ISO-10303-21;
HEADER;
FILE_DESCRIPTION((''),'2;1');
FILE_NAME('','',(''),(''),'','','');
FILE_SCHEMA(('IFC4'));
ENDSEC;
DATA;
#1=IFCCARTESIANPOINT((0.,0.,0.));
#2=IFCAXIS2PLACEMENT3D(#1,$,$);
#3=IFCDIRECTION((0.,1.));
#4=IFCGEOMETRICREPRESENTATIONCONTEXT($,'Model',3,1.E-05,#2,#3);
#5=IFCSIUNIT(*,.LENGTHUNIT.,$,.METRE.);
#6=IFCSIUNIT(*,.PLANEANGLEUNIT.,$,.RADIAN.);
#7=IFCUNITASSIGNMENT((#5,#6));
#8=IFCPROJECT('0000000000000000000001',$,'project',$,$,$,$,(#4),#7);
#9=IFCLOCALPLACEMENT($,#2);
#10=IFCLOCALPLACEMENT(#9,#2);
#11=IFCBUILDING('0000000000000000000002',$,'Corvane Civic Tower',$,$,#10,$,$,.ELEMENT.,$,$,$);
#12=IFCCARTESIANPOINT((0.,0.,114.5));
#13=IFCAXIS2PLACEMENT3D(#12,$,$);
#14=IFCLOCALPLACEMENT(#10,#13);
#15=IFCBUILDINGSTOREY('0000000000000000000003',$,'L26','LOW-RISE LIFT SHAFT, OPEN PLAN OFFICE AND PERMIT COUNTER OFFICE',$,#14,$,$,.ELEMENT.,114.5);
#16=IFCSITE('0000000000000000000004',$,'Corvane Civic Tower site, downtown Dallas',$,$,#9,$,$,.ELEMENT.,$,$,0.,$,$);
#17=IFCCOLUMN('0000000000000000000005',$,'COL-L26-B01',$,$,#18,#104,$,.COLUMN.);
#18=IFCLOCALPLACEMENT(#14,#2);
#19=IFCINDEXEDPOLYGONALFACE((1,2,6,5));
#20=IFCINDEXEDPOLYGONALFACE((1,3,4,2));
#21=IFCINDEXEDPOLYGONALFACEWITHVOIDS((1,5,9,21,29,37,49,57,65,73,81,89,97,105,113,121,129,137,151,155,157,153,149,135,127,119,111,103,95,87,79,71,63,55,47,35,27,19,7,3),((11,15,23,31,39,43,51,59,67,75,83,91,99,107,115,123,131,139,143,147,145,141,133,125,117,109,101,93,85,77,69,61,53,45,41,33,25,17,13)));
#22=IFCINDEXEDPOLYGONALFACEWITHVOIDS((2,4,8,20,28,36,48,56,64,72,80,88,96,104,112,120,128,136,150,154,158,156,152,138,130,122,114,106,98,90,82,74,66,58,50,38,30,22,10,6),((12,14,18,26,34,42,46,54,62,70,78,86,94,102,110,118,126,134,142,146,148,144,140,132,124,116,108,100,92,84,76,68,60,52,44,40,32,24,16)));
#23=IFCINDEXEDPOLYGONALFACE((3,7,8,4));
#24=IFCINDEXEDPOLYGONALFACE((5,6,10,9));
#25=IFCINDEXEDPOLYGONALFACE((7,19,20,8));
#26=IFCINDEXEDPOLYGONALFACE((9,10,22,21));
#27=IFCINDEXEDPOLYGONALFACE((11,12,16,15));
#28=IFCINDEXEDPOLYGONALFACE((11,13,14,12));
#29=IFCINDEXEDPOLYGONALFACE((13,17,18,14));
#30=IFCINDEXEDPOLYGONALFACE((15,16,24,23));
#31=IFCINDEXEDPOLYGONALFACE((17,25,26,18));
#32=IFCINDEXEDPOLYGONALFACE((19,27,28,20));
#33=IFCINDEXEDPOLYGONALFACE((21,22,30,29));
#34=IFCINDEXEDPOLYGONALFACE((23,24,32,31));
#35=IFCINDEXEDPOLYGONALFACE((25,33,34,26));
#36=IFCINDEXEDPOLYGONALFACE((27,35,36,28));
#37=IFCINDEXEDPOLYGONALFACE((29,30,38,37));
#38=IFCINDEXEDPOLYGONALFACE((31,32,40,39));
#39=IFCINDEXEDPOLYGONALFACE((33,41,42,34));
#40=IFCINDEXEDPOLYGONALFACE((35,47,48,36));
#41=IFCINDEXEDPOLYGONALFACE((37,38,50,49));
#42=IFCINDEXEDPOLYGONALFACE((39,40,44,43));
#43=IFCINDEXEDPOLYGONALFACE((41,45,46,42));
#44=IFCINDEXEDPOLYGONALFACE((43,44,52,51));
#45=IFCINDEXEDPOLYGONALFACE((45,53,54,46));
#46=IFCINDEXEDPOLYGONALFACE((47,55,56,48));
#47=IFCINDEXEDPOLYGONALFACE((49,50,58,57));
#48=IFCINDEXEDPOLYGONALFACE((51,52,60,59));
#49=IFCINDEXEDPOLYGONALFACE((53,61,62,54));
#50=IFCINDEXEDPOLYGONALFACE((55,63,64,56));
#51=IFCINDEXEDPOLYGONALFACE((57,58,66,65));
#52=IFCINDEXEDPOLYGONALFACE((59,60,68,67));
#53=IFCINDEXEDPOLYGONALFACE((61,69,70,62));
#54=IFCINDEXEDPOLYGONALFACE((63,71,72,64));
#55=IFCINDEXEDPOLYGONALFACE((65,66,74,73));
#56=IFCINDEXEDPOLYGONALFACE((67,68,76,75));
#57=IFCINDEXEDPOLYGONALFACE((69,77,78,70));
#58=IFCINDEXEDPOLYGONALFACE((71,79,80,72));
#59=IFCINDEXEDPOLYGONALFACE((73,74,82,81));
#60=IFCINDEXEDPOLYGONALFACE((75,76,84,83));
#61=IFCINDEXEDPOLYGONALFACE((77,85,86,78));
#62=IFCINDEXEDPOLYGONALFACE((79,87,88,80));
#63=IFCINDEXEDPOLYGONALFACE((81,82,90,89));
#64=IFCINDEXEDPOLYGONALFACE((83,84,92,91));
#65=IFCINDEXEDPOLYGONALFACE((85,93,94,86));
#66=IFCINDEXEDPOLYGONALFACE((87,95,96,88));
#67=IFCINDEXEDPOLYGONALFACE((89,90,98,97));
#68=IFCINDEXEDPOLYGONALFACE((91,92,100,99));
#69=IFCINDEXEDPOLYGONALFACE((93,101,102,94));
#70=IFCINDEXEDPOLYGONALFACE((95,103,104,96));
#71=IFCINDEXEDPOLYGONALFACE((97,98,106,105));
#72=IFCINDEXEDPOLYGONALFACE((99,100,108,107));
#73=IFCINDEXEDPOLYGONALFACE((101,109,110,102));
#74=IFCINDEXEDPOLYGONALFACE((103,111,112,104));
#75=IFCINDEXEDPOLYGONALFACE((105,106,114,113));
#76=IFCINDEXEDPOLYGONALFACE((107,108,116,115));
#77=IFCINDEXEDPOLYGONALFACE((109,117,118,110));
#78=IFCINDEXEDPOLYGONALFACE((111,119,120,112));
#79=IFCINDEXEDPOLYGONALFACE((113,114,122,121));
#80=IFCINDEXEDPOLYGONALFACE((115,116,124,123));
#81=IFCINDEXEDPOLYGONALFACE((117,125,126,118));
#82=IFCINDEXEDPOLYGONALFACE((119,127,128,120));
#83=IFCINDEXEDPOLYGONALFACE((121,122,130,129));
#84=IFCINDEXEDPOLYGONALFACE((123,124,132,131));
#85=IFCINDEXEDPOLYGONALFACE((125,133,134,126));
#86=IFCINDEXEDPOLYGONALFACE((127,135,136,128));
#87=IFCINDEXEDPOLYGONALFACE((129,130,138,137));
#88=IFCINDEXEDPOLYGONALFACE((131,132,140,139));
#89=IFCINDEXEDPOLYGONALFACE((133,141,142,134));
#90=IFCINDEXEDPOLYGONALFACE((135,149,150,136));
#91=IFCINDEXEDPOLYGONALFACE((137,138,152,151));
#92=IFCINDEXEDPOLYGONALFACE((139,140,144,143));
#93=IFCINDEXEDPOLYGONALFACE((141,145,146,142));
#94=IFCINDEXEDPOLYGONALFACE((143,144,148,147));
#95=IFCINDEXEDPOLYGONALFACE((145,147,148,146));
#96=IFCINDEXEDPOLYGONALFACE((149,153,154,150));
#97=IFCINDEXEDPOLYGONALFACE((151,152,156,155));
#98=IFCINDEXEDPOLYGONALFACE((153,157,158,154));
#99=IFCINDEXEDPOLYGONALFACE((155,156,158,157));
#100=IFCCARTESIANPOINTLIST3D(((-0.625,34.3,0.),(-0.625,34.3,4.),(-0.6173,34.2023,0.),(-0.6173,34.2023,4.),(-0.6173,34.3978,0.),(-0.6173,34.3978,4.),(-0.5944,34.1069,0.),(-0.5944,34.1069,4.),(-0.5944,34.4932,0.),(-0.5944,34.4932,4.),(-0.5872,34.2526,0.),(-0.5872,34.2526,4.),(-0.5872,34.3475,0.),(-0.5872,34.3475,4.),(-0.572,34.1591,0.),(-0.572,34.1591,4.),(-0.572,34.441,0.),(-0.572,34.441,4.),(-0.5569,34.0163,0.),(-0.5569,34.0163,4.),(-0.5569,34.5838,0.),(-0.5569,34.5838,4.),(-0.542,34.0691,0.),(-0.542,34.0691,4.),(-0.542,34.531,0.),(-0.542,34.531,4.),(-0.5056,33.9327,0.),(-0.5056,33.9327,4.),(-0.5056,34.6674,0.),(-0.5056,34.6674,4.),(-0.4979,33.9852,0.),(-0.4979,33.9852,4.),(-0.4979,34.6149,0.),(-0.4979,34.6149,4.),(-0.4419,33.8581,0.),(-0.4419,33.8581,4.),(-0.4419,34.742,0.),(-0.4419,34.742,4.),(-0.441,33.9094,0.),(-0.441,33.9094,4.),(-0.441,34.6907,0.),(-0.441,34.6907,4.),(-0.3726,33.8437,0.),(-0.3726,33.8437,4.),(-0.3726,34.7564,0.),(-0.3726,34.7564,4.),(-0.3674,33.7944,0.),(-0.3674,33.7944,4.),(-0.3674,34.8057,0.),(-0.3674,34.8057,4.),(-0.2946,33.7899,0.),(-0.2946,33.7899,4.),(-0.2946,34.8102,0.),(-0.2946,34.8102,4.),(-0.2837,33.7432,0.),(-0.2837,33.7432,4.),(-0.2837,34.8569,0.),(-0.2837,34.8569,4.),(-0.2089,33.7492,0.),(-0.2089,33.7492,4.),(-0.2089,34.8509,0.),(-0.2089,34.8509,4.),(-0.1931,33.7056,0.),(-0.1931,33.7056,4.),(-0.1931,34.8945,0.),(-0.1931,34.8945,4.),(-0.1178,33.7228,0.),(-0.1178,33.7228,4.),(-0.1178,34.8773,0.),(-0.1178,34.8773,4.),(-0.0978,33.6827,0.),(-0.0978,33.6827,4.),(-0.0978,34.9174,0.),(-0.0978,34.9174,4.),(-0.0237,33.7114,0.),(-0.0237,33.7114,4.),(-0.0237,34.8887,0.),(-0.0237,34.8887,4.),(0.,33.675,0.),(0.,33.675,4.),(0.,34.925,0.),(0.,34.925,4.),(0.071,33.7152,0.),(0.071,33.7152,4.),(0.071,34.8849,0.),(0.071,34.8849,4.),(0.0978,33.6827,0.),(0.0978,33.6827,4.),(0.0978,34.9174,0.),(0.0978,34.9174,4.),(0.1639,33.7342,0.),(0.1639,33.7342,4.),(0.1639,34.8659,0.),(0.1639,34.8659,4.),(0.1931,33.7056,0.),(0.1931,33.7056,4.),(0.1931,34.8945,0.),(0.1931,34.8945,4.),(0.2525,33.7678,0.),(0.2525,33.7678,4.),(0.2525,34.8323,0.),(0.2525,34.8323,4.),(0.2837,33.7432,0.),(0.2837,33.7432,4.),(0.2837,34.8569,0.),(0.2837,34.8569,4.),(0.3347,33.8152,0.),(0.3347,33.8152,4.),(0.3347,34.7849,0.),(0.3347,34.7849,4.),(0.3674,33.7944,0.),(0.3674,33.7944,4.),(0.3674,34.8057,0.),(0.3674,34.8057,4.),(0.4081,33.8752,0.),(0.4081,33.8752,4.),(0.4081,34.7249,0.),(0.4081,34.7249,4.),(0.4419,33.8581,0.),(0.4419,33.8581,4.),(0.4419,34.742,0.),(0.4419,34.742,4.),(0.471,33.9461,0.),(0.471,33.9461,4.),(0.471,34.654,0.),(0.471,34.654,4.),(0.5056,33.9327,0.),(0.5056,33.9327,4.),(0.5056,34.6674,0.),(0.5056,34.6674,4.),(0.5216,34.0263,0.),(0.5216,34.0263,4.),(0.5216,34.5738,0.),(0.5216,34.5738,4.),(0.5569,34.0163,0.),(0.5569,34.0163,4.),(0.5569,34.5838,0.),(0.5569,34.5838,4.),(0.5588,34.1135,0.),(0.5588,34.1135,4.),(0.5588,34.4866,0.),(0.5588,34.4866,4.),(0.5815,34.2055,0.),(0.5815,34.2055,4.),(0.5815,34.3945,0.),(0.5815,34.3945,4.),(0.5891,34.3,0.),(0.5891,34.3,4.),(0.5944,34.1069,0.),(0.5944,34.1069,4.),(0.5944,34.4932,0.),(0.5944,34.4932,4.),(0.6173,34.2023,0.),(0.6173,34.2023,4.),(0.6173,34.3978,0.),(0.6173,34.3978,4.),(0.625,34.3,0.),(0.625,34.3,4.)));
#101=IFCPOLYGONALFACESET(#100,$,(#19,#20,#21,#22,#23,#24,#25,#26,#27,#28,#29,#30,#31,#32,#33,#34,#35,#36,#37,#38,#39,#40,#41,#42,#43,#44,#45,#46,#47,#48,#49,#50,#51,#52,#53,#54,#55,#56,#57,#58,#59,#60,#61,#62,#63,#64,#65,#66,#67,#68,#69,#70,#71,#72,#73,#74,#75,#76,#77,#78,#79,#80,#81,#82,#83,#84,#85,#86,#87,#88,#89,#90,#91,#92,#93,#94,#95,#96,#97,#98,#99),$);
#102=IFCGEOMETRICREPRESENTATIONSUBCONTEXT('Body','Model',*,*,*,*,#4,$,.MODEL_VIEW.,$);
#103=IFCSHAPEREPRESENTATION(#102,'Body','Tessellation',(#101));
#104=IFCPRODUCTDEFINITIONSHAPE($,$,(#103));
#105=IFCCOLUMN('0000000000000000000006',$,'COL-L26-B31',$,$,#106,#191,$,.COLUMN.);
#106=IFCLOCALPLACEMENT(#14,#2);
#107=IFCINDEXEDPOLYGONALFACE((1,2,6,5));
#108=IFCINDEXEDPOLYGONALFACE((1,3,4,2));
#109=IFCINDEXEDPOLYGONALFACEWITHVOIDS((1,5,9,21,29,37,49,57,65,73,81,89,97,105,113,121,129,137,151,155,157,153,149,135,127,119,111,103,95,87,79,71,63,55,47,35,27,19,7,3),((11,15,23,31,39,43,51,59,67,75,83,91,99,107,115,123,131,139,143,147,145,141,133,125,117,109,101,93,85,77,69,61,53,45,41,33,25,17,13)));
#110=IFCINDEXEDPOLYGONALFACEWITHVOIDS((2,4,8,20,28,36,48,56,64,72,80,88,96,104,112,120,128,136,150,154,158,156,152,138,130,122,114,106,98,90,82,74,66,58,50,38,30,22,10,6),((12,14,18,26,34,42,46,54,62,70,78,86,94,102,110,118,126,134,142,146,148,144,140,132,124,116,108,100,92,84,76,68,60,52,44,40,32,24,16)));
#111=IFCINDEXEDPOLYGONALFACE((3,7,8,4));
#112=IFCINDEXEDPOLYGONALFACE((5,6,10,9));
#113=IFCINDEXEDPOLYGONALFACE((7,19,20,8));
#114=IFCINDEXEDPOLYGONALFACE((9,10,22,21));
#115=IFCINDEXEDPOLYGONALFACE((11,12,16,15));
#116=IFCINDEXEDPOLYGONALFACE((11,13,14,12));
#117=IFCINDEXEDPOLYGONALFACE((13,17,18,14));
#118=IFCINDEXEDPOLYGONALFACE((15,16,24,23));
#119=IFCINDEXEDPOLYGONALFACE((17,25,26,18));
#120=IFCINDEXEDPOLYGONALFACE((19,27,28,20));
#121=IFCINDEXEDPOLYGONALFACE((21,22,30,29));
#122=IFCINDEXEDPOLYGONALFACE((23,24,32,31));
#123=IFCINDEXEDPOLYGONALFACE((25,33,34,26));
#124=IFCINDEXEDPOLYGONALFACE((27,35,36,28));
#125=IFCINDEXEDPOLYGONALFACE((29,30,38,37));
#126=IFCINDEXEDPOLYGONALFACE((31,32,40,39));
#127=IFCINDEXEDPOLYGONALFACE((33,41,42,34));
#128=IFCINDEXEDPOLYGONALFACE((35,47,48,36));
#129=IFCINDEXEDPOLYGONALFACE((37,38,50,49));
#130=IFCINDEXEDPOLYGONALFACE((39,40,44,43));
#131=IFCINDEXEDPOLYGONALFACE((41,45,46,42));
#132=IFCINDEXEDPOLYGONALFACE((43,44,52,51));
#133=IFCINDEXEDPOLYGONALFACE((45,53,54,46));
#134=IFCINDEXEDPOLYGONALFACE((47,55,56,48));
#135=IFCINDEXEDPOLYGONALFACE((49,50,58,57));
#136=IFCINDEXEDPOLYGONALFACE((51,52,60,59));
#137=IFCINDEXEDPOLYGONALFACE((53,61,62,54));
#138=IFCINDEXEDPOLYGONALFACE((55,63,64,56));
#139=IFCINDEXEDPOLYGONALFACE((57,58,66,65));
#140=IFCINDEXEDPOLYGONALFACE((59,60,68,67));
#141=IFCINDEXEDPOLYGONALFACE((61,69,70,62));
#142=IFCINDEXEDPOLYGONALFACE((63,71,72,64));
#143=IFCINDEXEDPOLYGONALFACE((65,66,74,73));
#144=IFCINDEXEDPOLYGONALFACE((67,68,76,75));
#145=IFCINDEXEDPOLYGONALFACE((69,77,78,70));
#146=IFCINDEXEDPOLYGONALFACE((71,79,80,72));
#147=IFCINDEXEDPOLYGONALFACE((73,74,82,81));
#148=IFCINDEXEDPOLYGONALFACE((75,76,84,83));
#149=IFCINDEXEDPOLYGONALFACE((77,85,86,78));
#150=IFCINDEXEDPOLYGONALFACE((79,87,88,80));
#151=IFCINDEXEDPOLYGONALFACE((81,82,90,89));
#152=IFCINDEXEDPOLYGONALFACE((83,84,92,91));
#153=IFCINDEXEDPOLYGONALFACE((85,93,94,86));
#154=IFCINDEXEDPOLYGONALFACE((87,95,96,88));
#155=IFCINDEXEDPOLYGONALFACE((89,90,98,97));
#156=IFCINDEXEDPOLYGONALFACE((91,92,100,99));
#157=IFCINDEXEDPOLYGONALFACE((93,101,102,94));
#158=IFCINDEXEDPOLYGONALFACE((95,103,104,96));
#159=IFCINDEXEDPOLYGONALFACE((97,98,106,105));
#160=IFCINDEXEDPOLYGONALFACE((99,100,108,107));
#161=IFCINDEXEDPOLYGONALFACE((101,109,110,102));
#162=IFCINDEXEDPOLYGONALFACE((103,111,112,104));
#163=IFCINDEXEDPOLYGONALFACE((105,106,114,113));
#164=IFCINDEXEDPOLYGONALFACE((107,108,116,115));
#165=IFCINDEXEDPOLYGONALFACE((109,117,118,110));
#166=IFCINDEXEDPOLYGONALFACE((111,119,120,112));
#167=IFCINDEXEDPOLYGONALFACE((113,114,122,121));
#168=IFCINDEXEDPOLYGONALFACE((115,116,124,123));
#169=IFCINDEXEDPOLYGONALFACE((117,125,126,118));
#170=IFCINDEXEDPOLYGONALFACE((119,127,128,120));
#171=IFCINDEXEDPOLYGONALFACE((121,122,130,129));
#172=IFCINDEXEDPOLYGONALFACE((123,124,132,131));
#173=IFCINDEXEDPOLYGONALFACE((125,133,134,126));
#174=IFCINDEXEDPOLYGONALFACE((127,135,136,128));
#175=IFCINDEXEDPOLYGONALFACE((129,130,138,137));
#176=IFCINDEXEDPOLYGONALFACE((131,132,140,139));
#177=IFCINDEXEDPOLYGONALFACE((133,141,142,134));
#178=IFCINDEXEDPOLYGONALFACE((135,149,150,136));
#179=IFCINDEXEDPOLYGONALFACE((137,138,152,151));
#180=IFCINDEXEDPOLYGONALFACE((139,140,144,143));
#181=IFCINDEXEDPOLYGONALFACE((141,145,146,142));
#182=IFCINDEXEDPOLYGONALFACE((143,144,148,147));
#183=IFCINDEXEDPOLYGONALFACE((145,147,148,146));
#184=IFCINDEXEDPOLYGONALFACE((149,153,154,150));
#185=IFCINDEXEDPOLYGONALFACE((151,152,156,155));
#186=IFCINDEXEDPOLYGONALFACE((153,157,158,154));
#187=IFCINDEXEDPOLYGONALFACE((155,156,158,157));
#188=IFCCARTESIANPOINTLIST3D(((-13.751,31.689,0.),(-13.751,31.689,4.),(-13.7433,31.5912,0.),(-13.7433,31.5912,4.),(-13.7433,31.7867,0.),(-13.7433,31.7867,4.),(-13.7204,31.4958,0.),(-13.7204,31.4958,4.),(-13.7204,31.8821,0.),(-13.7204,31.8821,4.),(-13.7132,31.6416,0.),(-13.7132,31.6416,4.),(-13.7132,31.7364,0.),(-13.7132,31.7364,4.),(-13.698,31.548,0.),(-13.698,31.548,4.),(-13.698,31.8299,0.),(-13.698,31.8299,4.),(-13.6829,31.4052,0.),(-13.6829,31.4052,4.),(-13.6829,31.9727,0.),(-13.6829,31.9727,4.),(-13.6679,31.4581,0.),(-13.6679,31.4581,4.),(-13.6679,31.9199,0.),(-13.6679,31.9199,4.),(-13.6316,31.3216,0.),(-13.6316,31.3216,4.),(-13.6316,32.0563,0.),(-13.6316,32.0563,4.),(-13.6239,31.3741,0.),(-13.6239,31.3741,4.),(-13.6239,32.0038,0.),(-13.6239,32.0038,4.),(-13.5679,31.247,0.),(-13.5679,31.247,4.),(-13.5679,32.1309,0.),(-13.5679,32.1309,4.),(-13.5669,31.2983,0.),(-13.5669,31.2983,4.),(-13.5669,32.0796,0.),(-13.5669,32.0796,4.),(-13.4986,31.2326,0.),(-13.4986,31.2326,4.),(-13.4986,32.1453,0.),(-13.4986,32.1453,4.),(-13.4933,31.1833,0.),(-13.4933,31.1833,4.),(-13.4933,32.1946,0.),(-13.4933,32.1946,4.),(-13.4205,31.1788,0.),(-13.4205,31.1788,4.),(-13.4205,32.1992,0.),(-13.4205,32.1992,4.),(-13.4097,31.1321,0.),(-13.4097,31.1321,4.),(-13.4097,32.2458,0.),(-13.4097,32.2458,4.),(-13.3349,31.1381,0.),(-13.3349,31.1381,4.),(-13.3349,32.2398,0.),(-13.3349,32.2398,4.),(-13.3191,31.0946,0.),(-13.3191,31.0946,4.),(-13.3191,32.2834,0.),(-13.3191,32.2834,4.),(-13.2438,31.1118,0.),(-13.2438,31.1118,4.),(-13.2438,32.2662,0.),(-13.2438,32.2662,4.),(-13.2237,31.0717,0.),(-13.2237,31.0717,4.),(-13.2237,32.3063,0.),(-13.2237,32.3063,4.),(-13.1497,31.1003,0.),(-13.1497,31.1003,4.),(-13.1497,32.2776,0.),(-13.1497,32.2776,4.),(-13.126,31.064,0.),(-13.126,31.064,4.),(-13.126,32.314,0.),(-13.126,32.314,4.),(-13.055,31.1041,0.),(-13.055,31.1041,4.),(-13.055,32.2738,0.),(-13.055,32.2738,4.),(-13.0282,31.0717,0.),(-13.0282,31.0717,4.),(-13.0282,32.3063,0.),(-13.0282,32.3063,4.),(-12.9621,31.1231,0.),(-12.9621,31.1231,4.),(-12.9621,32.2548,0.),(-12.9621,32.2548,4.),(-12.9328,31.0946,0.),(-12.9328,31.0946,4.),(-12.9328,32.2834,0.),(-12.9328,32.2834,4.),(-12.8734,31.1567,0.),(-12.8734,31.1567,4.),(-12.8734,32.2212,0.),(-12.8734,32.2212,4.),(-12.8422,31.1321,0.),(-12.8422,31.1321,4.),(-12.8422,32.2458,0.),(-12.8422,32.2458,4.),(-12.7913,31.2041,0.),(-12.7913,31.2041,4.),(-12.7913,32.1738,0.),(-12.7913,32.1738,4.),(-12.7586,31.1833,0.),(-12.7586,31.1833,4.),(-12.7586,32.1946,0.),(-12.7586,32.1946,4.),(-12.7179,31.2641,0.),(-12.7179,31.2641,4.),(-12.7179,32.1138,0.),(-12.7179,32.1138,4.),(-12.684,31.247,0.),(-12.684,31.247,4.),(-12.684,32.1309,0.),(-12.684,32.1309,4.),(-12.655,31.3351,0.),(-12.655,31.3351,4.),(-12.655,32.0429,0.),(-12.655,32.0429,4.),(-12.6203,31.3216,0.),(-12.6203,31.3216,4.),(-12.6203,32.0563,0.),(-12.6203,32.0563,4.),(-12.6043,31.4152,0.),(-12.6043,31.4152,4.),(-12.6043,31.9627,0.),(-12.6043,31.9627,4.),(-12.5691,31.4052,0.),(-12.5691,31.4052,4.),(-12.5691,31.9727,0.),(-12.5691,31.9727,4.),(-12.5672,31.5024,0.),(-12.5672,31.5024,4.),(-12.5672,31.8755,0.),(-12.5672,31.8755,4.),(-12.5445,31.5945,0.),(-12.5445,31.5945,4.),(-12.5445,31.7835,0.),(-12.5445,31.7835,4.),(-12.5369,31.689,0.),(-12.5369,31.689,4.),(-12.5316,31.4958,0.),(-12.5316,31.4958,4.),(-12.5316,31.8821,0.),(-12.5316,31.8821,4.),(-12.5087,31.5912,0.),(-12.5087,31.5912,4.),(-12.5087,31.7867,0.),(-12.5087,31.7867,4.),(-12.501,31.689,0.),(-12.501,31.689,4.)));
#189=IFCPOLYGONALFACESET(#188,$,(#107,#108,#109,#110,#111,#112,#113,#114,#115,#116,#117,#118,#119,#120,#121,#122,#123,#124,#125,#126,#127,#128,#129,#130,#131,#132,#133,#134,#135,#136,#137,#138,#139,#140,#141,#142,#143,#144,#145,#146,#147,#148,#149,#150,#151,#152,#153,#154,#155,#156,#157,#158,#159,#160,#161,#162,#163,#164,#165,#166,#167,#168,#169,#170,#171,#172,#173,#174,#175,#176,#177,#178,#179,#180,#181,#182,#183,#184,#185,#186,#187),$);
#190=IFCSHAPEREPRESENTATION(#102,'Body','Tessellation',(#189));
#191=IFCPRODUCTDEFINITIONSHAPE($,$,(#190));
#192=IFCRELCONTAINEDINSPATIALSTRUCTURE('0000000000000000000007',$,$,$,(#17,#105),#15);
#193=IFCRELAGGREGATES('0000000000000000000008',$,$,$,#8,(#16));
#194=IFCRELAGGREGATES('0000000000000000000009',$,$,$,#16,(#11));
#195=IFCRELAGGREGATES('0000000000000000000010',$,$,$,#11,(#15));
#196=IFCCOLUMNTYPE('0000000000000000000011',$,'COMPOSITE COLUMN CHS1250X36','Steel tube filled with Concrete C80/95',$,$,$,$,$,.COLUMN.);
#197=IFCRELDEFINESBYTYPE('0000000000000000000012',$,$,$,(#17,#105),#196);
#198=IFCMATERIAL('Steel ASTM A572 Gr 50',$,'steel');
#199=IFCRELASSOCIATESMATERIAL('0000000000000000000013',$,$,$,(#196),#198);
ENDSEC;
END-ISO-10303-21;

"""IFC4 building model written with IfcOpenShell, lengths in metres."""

from ifc_helpers import new_model, si_unit, direction, frame, origin, origin_2d, place, context, subcontext, project, spatial, hollow_circle, extrude, material, material_profile, profile_set, type_object, element, save


model = new_model("IFC4")

# Units and contexts
model_context = context("Model", 3, precision=1e-05, world=origin(), true_north=direction((0.0, 1.0)))
body_context = subcontext(model_context, "Body", "Model", "MODEL_VIEW")
ifc_project = project(units=[si_unit("LENGTHUNIT", "METRE"), si_unit("PLANEANGLEUNIT", "RADIAN")], contexts=[model_context])

# Site, building, storey
site_placement = place(None, origin())
site = spatial("IfcSite", under=ifc_project, at=site_placement, Name="Corvane Civic Tower site, downtown Dallas", CompositionType="ELEMENT", RefElevation=0.0)
building_placement = place(site_placement, origin())
building = spatial("IfcBuilding", under=site, at=building_placement, Name="Corvane Civic Tower", CompositionType="ELEMENT")
storey_placement = place(building_placement, frame((0.0, 0.0, 114.5)))
storey = spatial("IfcBuildingStorey", under=building, at=storey_placement, Name="L26", Description="LOW-RISE LIFT SHAFT, OPEN PLAN OFFICE AND PERMIT COUNTER OFFICE", CompositionType="ELEMENT", Elevation=114.5)

# Columns
ifc_material_1 = material(Name="Steel ASTM A572 Gr 50", Category="steel")
ifc_material_profile_1 = material_profile(ifc_material_1, hollow_circle(Radius=0.625, WallThickness=0.0359, at=origin_2d()), Name="CHS1250X36")
ifc_profile_set_1 = profile_set([ifc_material_profile_1], Name="Steel ASTM A572 Gr 50")
column_type = type_object("IfcColumnType", Name="COMPOSITE COLUMN CHS1250X36", Description="Steel tube filled with Concrete C80/95", PredefinedType="COLUMN", material=ifc_profile_set_1)
for number, where, z_axis, x_axis, name in (
    (1, (0.0, 34.3, 0.0), (0.0, 0.0, 1.0), (1.0, 0.0, 0.0), "COL-L26-B01"),
    (2, (-13.126, 31.689, 0.0), (0.0, 0.0, 1.0), (1.0, 0.0, 0.0), "COL-L26-B31"),
):
    element("IfcColumn", number, at=place(storey_placement, frame(where, z_axis=z_axis, x_axis=x_axis)), inside=storey, type_object=column_type, Name=name, PredefinedType="COLUMN", context=body_context, shape_type="SweptSolid", body=[
        extrude(hollow_circle(Radius=0.625, WallThickness=0.0359, at=origin_2d()), origin(), (0.0, 0.0, 1.0), 4.0),
    ])

save(model, "model.ifc")
